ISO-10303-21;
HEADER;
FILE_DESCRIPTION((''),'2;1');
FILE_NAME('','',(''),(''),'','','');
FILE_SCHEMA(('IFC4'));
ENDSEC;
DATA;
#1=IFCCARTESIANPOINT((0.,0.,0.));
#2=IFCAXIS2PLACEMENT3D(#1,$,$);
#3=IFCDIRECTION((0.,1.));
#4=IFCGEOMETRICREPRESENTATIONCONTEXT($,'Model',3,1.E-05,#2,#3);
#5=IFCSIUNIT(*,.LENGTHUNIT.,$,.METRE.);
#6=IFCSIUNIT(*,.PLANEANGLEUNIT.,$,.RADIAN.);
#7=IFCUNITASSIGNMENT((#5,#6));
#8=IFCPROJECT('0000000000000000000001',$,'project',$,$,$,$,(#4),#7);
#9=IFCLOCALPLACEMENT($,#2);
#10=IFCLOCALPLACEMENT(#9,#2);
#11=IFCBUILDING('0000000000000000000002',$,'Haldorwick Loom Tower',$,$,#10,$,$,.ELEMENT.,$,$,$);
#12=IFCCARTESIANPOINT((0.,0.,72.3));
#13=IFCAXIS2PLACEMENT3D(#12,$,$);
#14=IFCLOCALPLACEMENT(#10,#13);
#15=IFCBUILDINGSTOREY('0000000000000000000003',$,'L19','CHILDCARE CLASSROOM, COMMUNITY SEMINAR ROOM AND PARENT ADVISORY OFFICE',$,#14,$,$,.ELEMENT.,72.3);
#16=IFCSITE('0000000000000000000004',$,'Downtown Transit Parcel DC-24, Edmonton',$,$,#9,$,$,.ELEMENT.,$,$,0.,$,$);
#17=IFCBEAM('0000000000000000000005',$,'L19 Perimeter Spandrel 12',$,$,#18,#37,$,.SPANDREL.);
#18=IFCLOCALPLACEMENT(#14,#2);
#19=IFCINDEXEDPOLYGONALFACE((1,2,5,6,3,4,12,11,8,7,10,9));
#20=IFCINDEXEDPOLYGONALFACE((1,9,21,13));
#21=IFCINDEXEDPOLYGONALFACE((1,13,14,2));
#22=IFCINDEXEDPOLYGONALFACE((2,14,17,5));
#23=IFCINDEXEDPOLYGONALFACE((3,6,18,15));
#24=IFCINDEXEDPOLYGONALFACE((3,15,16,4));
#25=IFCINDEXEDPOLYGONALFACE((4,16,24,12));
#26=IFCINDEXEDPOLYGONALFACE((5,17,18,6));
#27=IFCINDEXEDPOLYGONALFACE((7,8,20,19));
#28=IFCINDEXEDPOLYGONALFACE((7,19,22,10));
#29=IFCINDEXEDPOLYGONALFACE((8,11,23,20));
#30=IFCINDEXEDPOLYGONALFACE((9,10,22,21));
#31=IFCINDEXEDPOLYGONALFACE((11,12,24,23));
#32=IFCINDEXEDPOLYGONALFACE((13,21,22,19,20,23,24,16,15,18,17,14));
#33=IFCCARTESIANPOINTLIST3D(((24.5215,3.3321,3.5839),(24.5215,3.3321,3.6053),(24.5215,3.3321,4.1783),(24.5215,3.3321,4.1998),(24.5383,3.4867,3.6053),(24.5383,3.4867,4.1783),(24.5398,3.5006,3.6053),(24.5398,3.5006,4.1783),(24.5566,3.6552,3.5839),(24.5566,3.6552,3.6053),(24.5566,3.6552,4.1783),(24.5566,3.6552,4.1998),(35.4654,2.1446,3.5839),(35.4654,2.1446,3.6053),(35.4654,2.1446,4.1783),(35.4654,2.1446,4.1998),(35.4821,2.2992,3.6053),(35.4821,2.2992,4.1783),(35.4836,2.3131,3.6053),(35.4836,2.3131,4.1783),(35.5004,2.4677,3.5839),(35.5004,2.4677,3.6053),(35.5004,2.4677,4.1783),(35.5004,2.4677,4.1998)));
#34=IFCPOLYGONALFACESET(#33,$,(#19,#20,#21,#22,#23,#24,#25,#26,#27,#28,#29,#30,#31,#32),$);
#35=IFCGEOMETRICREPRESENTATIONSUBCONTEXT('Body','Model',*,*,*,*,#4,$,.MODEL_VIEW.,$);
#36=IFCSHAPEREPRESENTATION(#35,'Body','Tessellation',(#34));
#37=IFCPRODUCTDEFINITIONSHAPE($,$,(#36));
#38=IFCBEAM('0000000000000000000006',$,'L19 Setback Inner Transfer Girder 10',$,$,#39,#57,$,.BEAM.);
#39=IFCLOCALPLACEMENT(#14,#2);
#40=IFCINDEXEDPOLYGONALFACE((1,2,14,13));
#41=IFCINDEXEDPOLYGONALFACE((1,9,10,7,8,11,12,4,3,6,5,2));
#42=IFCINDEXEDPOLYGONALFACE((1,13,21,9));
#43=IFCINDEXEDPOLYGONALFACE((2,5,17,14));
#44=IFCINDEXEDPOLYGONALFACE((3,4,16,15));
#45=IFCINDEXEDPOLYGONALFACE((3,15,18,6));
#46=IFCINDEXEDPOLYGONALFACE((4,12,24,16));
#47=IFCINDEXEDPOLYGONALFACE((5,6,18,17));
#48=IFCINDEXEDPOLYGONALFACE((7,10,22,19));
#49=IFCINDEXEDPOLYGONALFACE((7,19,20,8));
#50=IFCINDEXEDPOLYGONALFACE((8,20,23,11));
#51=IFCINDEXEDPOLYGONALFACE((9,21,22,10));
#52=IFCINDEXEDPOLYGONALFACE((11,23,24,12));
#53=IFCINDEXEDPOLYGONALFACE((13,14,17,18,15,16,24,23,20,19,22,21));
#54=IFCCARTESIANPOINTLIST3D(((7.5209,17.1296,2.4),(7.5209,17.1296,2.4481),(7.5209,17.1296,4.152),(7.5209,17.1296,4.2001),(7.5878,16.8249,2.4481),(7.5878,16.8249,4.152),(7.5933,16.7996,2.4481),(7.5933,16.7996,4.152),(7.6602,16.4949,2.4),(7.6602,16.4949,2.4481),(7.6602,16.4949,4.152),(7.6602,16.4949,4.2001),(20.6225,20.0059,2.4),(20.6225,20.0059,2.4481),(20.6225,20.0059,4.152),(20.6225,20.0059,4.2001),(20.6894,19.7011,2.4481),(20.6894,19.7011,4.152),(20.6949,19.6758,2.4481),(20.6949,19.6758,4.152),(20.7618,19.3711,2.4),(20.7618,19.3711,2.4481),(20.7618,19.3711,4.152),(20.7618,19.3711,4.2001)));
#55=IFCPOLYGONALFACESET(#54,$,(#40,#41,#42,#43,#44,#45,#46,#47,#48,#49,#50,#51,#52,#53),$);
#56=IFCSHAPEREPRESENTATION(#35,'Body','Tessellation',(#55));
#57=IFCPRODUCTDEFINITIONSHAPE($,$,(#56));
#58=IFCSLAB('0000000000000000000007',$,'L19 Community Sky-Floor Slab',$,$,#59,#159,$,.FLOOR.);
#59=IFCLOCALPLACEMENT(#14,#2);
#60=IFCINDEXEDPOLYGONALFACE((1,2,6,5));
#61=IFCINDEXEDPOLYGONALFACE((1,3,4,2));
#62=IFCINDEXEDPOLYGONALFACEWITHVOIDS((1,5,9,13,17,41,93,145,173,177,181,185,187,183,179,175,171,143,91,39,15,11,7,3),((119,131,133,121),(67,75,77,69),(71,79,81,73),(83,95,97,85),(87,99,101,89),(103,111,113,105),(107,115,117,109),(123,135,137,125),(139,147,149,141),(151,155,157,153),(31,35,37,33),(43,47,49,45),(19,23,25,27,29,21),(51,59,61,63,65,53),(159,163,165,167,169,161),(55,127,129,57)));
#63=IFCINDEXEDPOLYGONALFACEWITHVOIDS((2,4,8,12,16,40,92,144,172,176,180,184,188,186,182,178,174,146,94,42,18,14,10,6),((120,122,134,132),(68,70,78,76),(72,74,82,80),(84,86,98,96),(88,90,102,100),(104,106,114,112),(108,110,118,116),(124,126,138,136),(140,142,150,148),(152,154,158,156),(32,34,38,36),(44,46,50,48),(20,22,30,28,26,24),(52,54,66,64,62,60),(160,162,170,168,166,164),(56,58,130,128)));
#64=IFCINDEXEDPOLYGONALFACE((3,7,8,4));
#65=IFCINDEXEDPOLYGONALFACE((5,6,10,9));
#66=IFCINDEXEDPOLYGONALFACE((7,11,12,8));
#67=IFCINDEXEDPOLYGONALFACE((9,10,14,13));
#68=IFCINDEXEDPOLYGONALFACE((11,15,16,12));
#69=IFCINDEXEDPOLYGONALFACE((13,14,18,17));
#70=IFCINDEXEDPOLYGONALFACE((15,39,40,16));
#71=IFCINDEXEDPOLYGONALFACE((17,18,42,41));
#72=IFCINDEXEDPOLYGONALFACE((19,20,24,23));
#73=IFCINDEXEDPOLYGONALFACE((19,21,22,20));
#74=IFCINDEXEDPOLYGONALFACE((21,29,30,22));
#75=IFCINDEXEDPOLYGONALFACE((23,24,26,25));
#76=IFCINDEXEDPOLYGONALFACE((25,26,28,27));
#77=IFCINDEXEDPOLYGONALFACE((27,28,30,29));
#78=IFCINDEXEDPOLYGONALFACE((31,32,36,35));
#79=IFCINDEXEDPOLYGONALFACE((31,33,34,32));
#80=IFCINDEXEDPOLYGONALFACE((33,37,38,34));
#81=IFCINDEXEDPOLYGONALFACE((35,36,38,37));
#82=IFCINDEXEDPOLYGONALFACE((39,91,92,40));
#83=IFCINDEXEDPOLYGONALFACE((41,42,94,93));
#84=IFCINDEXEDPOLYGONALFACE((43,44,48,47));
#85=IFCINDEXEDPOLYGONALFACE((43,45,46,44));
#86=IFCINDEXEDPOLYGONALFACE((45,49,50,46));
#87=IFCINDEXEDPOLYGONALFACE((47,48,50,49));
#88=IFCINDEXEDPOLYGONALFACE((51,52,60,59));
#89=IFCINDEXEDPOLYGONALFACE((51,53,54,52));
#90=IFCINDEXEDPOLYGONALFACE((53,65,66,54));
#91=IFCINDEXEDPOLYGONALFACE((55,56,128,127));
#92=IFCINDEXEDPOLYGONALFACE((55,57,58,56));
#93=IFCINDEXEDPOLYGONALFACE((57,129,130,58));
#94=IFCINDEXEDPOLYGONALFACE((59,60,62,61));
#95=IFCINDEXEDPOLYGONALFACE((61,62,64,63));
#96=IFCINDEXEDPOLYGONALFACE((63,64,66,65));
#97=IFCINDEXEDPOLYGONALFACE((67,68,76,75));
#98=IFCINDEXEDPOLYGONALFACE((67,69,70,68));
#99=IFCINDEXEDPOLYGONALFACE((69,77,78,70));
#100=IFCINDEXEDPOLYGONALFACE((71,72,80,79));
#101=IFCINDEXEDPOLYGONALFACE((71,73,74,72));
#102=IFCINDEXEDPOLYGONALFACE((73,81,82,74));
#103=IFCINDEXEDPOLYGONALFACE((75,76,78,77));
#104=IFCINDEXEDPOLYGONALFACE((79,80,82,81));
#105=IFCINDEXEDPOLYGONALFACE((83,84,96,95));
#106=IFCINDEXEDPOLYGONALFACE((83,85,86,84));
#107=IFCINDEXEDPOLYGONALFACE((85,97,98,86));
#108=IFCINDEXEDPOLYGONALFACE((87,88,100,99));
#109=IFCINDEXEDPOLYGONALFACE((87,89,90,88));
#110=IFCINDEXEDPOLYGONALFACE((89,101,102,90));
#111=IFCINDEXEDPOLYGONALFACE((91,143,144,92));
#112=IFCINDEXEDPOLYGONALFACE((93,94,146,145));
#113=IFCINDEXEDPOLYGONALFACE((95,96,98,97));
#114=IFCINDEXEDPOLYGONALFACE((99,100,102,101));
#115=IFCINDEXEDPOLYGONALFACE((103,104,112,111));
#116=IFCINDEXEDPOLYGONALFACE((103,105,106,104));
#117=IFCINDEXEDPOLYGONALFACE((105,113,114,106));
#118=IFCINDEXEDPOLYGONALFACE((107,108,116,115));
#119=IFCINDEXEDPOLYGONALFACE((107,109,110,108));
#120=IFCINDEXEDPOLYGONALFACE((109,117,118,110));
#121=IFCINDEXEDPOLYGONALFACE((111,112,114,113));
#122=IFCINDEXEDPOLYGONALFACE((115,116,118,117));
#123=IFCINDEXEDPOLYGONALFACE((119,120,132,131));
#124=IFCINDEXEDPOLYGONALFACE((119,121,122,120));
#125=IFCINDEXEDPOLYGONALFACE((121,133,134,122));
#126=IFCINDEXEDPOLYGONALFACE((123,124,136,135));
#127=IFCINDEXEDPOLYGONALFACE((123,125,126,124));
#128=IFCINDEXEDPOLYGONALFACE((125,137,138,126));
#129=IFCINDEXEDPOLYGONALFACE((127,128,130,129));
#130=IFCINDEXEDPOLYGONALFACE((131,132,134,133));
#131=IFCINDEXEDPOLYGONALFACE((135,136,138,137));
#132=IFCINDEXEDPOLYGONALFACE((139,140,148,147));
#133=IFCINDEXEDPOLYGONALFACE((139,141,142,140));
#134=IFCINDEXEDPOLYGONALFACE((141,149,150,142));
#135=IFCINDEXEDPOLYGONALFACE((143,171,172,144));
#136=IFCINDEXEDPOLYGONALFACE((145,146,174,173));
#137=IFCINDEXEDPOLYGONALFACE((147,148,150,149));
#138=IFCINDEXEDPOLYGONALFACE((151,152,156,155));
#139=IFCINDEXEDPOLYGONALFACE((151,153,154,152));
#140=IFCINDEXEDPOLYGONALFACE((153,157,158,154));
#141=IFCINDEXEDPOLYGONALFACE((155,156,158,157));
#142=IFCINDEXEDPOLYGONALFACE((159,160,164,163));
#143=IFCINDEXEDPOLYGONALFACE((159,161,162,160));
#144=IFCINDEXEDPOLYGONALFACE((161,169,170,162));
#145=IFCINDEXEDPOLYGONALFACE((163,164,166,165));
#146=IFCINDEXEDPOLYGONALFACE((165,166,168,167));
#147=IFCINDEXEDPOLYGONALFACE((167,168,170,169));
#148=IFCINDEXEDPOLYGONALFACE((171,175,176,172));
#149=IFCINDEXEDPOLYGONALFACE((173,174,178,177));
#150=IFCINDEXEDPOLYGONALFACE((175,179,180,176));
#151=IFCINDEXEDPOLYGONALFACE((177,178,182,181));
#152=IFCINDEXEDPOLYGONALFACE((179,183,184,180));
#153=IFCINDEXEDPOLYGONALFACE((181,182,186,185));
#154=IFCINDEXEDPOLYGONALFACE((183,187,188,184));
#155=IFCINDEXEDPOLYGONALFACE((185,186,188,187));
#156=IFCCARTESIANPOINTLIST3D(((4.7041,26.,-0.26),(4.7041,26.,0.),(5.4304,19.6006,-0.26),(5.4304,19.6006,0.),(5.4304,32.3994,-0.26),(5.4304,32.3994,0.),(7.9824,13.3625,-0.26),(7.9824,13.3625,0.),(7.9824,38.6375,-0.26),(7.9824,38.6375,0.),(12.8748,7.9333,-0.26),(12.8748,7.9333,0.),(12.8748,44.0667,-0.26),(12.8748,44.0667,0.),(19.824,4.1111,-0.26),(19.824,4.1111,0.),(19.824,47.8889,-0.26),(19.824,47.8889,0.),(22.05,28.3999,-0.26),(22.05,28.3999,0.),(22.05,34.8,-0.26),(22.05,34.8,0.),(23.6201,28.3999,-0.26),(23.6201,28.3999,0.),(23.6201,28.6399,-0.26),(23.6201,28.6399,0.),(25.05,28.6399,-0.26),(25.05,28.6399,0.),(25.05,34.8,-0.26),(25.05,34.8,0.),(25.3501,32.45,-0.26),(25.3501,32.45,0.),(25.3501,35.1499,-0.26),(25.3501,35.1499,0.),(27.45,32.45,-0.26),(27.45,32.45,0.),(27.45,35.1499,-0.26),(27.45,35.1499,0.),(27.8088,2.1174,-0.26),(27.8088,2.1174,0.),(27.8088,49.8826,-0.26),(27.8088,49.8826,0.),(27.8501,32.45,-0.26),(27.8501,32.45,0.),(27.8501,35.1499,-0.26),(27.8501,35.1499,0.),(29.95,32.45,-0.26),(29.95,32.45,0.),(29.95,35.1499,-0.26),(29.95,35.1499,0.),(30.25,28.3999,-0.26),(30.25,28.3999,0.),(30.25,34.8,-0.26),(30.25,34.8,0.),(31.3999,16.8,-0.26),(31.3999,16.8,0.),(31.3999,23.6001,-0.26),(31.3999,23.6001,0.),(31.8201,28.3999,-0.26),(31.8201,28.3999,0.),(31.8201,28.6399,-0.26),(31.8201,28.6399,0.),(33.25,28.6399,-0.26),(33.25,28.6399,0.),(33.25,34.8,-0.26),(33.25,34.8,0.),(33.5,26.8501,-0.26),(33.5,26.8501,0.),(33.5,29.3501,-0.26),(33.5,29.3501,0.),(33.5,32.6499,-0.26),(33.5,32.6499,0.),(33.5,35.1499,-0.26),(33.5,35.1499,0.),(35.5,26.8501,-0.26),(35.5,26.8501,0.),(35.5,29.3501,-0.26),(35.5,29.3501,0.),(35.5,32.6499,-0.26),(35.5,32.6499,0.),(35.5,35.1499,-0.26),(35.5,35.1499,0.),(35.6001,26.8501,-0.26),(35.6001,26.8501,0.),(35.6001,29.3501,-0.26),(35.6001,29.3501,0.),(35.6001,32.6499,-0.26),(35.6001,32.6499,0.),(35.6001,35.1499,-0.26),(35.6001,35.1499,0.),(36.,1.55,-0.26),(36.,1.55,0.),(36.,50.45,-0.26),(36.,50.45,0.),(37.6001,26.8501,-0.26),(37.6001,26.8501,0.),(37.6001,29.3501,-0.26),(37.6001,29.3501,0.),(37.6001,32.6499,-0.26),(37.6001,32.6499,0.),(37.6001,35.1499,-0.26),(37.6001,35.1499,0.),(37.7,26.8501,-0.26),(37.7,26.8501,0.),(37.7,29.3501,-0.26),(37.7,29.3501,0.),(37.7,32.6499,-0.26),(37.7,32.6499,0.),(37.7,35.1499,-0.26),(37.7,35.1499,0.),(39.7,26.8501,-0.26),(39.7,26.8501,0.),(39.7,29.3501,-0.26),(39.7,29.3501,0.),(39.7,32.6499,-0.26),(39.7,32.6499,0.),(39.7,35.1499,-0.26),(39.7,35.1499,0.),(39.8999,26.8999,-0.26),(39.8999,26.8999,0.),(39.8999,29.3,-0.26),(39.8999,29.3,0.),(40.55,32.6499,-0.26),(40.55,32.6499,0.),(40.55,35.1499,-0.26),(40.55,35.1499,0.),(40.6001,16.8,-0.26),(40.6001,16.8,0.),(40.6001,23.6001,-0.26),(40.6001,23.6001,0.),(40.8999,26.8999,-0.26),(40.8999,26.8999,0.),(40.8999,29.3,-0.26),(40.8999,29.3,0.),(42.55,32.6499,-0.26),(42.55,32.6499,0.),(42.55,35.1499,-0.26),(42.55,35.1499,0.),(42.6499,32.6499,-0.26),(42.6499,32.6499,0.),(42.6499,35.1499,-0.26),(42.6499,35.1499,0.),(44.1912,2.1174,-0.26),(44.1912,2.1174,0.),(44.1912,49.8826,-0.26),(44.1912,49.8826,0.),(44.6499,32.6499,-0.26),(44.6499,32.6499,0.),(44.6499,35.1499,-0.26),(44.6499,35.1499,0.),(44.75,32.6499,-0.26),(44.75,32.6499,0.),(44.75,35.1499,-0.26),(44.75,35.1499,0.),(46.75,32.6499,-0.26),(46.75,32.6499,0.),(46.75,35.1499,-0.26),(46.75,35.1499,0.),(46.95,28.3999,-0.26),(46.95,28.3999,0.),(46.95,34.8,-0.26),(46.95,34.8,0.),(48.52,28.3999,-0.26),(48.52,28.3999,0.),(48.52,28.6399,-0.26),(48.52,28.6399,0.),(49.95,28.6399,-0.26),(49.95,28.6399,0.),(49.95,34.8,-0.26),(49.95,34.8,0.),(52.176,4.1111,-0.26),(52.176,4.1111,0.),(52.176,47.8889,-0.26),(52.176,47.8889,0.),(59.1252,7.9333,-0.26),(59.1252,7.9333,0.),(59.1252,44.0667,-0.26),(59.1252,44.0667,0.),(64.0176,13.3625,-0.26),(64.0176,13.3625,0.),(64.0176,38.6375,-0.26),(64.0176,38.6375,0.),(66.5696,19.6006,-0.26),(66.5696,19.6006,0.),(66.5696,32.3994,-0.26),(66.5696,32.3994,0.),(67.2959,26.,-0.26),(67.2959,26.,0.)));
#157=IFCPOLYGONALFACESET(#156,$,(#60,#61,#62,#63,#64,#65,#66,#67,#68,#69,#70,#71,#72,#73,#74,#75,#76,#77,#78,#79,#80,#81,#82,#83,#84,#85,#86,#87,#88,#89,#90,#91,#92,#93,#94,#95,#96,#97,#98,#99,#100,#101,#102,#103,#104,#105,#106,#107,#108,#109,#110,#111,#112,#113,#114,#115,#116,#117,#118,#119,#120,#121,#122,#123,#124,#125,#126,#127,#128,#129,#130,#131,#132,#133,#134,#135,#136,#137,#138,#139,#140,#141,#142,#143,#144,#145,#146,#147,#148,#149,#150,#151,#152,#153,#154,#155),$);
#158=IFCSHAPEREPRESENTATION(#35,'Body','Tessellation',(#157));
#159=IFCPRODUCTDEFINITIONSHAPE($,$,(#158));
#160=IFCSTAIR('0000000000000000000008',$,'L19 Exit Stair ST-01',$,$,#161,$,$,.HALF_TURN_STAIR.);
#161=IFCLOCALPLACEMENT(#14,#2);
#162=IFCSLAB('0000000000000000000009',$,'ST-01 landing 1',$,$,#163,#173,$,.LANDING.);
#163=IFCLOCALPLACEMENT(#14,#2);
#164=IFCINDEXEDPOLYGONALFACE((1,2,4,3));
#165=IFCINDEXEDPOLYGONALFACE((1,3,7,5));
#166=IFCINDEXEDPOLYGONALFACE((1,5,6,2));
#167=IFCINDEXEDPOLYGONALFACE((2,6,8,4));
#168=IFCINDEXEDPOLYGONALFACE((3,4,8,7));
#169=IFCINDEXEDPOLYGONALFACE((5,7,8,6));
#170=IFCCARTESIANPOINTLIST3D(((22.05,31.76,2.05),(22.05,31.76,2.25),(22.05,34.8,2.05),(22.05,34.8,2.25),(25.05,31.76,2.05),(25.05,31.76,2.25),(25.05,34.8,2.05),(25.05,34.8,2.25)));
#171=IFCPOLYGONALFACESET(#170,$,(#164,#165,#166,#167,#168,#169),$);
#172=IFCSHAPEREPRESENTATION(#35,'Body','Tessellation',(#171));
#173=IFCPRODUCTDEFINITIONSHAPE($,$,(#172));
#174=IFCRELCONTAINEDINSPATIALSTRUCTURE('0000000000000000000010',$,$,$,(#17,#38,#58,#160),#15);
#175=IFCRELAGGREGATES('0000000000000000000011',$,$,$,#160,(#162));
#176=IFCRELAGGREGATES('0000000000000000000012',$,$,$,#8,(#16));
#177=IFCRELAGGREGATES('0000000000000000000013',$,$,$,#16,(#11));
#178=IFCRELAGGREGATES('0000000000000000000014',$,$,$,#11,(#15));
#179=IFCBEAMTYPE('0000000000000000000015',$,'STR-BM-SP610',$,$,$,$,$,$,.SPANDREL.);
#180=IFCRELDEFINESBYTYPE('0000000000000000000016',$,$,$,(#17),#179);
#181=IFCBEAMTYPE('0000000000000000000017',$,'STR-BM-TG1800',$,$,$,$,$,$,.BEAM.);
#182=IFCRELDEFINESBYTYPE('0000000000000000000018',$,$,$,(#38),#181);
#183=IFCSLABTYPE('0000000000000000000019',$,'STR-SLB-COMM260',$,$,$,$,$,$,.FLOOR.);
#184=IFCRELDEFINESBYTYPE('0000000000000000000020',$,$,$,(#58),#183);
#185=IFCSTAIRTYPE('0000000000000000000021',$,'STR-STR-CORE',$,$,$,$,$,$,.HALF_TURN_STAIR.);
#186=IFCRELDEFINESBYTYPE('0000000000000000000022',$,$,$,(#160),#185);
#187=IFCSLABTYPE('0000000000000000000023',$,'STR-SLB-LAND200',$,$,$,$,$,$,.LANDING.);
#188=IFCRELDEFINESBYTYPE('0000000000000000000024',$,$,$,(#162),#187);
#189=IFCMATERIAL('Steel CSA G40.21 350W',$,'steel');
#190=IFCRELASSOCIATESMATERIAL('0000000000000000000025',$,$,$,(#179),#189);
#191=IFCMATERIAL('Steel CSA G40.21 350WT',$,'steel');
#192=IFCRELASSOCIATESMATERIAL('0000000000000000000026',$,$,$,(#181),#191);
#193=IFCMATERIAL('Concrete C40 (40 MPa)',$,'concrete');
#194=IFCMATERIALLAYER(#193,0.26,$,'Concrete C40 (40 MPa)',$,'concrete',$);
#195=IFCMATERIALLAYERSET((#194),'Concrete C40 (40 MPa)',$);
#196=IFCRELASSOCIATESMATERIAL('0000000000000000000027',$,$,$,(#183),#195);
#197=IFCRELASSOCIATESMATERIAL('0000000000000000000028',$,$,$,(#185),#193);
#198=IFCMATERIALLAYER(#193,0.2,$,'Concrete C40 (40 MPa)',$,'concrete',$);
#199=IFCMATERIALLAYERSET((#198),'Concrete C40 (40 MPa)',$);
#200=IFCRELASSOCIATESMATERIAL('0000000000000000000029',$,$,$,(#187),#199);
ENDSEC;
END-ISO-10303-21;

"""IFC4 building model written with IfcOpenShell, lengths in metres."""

from ifc_helpers import new_model, si_unit, direction, frame, origin, origin_2d, place, context, subcontext, project, spatial, polyline, i_section, outline, extrude, material, layer, layer_set, material_profile, profile_set, type_object, element, aggregate, save


model = new_model("IFC4")

# Units and contexts
model_context = context("Model", 3, precision=1e-05, world=origin(), true_north=direction((0.0, 1.0)))
body_context = subcontext(model_context, "Body", "Model", "MODEL_VIEW")
ifc_project = project(units=[si_unit("LENGTHUNIT", "METRE"), si_unit("PLANEANGLEUNIT", "RADIAN")], contexts=[model_context])

# Site, building, storey
site_placement = place(None, origin())
site = spatial("IfcSite", under=ifc_project, at=site_placement, Name="Downtown Transit Parcel DC-24, Edmonton", CompositionType="ELEMENT", RefElevation=0.0)
building_placement = place(site_placement, origin())
building = spatial("IfcBuilding", under=site, at=building_placement, Name="Haldorwick Loom Tower", CompositionType="ELEMENT")
storey_placement = place(building_placement, frame((0.0, 0.0, 72.3)))
storey = spatial("IfcBuildingStorey", under=building, at=storey_placement, Name="L19", Description="CHILDCARE CLASSROOM, COMMUNITY SEMINAR ROOM AND PARENT ADVISORY OFFICE", CompositionType="ELEMENT", Elevation=72.3)

# Shared definitions
ifc_material_1 = material(Name="Steel CSA G40.21 350WT", Category="steel")

# Beams
ifc_material_2 = material(Name="Steel CSA G40.21 350W", Category="steel")
ifc_material_profile_1 = material_profile(ifc_material_2, i_section(OverallWidth=0.325, OverallDepth=0.616, WebThickness=0.0139, FlangeThickness=0.0215, at=origin_2d()), Name="W610X174", Category="steel")
ifc_profile_set_1 = profile_set([ifc_material_profile_1], Name="Steel CSA G40.21 350W")
beam_type_1 = type_object("IfcBeamType", Name="STR-BM-SP610", PredefinedType="SPANDREL", material=ifc_profile_set_1)
beam_1_placement = place(storey_placement, frame((24.5391, 3.4937, 3.8918), z_axis=(0.994164, -0.107875, 0.0), x_axis=(0.107875, 0.994164, 0.0)))
element("IfcBeam", 1, at=beam_1_placement, inside=storey, type_object=beam_type_1, Name="L19 Perimeter Spandrel 12", PredefinedType="SPANDREL", context=body_context, shape_type="SweptSolid", body=[
    extrude(i_section(OverallWidth=0.325, OverallDepth=0.616, WebThickness=0.0139, FlangeThickness=0.0215, at=origin_2d()), origin(), (0.0, 0.0, 1.0), 11.0081),
])
ifc_material_profile_2 = material_profile(ifc_material_1, i_section(OverallWidth=0.6499, OverallDepth=1.8, WebThickness=0.0259, FlangeThickness=0.0481, at=origin_2d()), Name="WWF1800X650", Category="steel")
ifc_profile_set_2 = profile_set([ifc_material_profile_2], Name="Steel CSA G40.21 350WT")
beam_type_2 = type_object("IfcBeamType", Name="STR-BM-TG1800", PredefinedType="BEAM", material=ifc_profile_set_2)
beam_2_placement = place(storey_placement, frame((20.6921, 19.6885, 3.3), z_axis=(-0.97674, -0.214426, 0.0), x_axis=(0.214426, -0.97674, 0.0)))
element("IfcBeam", 2, at=beam_2_placement, inside=storey, type_object=beam_type_2, Name="L19 Setback Inner Transfer Girder 10", PredefinedType="BEAM", context=body_context, shape_type="SweptSolid", body=[
    extrude(i_section(OverallWidth=0.6499, OverallDepth=1.8, WebThickness=0.0259, FlangeThickness=0.0481, at=origin_2d()), origin(), (0.0, 0.0, 1.0), 13.4136),
])

# Slab
ifc_material_3 = material(Name="Concrete C40 (40 MPa)", Category="concrete")
ifc_layer_1 = layer(ifc_material_3, 0.26, Name="Concrete C40 (40 MPa)", Category="concrete")
ifc_layer_set_1 = layer_set([ifc_layer_1], Name="Concrete C40 (40 MPa)")
slab_type_1 = type_object("IfcSlabType", Name="STR-SLB-COMM260", PredefinedType="FLOOR", material=ifc_layer_set_1)
slab_1_placement = place(storey_placement, frame((0.0, 0.0, -0.26)))
element("IfcSlab", 3, at=slab_1_placement, inside=storey, type_object=slab_type_1, Name="L19 Community Sky-Floor Slab", PredefinedType="FLOOR", context=body_context, shape_type="SweptSolid", body=[
    extrude(outline(polyline([(59.1252, 7.9333), (64.0176, 13.3625), (66.5696, 19.6006), (67.2959, 26.0), (66.5696, 32.3994), (64.0176, 38.6375), (59.1252, 44.0667), (52.176, 47.8889), (44.1912, 49.8826), (36.0, 50.45), (27.8088, 49.8826), (19.824, 47.8889), (12.8748, 44.0667), (7.9824, 38.6375), (5.4304, 32.3994), (4.7041, 26.0), (5.4304, 19.6006), (7.9824, 13.3625), (12.8748, 7.9333), (19.824, 4.1111), (27.8088, 2.1174), (36.0, 1.55), (44.1912, 2.1174), (52.176, 4.1111), (59.1252, 7.9333)]), holes=[polyline([(31.3999, 23.6001), (40.6001, 23.6001), (40.6001, 16.8), (31.3999, 16.8), (31.3999, 23.6001)]), polyline([(33.5, 26.8501), (33.5, 29.3501), (35.5, 29.3501), (35.5, 26.8501), (33.5, 26.8501)]), polyline([(22.05, 28.3999), (22.05, 34.8), (25.05, 34.8), (25.05, 28.6399), (23.6201, 28.6399), (23.6201, 28.3999), (22.05, 28.3999)]), polyline([(30.25, 28.3999), (30.25, 34.8), (33.25, 34.8), (33.25, 28.6399), (31.8201, 28.6399), (31.8201, 28.3999), (30.25, 28.3999)]), polyline([(25.3501, 32.45), (25.3501, 35.1499), (27.45, 35.1499), (27.45, 32.45), (25.3501, 32.45)]), polyline([(27.8501, 32.45), (27.8501, 35.1499), (29.95, 35.1499), (29.95, 32.45), (27.8501, 32.45)]), polyline([(33.5, 32.6499), (33.5, 35.1499), (35.5, 35.1499), (35.5, 32.6499), (33.5, 32.6499)]), polyline([(35.6001, 32.6499), (35.6001, 35.1499), (37.6001, 35.1499), (37.6001, 32.6499), (35.6001, 32.6499)]), polyline([(35.6001, 26.8501), (35.6001, 29.3501), (37.6001, 29.3501), (37.6001, 26.8501), (35.6001, 26.8501)]), polyline([(37.7, 26.8501), (37.7, 29.3501), (39.7, 29.3501), (39.7, 26.8501), (37.7, 26.8501)]), polyline([(39.8999, 26.8999), (39.8999, 29.3), (40.8999, 29.3), (40.8999, 26.8999), (39.8999, 26.8999)]), polyline([(46.95, 28.3999), (46.95, 34.8), (49.95, 34.8), (49.95, 28.6399), (48.52, 28.6399), (48.52, 28.3999), (46.95, 28.3999)]), polyline([(37.7, 32.6499), (37.7, 35.1499), (39.7, 35.1499), (39.7, 32.6499), (37.7, 32.6499)]), polyline([(40.55, 32.6499), (40.55, 35.1499), (42.55, 35.1499), (42.55, 32.6499), (40.55, 32.6499)]), polyline([(42.6499, 32.6499), (42.6499, 35.1499), (44.6499, 35.1499), (44.6499, 32.6499), (42.6499, 32.6499)]), polyline([(44.75, 32.6499), (44.75, 35.1499), (46.75, 35.1499), (46.75, 32.6499), (44.75, 32.6499)])]), origin(), (0.0, 0.0, 1.0), 0.26),
])

# Stair, slab
stair_type = type_object("IfcStairType", Name="STR-STR-CORE", PredefinedType="HALF_TURN_STAIR", material=ifc_material_3)
stair_1_placement = place(storey_placement, origin())
stair_1 = element("IfcStair", 4, at=stair_1_placement, inside=storey, type_object=stair_type, Name="L19 Exit Stair ST-01", PredefinedType="HALF_TURN_STAIR")
ifc_layer_2 = layer(ifc_material_3, 0.2, Name="Concrete C40 (40 MPa)", Category="concrete")
ifc_layer_set_2 = layer_set([ifc_layer_2], Name="Concrete C40 (40 MPa)")
slab_type_2 = type_object("IfcSlabType", Name="STR-SLB-LAND200", PredefinedType="LANDING", material=ifc_layer_set_2)
slab_2_placement = place(storey_placement, frame((0.0, 0.0, 2.05)))
slab_2 = element("IfcSlab", 5, at=slab_2_placement, type_object=slab_type_2, Name="ST-01 landing 1", PredefinedType="LANDING", context=body_context, shape_type="SweptSolid", body=[
    extrude(outline(polyline([(25.05, 31.76), (25.05, 34.8), (22.05, 34.8), (22.05, 31.76), (25.05, 31.76)])), origin(), (0.0, 0.0, 1.0), 0.2),
])
aggregate(stair_1, [slab_2])

save(model, "model.ifc")
